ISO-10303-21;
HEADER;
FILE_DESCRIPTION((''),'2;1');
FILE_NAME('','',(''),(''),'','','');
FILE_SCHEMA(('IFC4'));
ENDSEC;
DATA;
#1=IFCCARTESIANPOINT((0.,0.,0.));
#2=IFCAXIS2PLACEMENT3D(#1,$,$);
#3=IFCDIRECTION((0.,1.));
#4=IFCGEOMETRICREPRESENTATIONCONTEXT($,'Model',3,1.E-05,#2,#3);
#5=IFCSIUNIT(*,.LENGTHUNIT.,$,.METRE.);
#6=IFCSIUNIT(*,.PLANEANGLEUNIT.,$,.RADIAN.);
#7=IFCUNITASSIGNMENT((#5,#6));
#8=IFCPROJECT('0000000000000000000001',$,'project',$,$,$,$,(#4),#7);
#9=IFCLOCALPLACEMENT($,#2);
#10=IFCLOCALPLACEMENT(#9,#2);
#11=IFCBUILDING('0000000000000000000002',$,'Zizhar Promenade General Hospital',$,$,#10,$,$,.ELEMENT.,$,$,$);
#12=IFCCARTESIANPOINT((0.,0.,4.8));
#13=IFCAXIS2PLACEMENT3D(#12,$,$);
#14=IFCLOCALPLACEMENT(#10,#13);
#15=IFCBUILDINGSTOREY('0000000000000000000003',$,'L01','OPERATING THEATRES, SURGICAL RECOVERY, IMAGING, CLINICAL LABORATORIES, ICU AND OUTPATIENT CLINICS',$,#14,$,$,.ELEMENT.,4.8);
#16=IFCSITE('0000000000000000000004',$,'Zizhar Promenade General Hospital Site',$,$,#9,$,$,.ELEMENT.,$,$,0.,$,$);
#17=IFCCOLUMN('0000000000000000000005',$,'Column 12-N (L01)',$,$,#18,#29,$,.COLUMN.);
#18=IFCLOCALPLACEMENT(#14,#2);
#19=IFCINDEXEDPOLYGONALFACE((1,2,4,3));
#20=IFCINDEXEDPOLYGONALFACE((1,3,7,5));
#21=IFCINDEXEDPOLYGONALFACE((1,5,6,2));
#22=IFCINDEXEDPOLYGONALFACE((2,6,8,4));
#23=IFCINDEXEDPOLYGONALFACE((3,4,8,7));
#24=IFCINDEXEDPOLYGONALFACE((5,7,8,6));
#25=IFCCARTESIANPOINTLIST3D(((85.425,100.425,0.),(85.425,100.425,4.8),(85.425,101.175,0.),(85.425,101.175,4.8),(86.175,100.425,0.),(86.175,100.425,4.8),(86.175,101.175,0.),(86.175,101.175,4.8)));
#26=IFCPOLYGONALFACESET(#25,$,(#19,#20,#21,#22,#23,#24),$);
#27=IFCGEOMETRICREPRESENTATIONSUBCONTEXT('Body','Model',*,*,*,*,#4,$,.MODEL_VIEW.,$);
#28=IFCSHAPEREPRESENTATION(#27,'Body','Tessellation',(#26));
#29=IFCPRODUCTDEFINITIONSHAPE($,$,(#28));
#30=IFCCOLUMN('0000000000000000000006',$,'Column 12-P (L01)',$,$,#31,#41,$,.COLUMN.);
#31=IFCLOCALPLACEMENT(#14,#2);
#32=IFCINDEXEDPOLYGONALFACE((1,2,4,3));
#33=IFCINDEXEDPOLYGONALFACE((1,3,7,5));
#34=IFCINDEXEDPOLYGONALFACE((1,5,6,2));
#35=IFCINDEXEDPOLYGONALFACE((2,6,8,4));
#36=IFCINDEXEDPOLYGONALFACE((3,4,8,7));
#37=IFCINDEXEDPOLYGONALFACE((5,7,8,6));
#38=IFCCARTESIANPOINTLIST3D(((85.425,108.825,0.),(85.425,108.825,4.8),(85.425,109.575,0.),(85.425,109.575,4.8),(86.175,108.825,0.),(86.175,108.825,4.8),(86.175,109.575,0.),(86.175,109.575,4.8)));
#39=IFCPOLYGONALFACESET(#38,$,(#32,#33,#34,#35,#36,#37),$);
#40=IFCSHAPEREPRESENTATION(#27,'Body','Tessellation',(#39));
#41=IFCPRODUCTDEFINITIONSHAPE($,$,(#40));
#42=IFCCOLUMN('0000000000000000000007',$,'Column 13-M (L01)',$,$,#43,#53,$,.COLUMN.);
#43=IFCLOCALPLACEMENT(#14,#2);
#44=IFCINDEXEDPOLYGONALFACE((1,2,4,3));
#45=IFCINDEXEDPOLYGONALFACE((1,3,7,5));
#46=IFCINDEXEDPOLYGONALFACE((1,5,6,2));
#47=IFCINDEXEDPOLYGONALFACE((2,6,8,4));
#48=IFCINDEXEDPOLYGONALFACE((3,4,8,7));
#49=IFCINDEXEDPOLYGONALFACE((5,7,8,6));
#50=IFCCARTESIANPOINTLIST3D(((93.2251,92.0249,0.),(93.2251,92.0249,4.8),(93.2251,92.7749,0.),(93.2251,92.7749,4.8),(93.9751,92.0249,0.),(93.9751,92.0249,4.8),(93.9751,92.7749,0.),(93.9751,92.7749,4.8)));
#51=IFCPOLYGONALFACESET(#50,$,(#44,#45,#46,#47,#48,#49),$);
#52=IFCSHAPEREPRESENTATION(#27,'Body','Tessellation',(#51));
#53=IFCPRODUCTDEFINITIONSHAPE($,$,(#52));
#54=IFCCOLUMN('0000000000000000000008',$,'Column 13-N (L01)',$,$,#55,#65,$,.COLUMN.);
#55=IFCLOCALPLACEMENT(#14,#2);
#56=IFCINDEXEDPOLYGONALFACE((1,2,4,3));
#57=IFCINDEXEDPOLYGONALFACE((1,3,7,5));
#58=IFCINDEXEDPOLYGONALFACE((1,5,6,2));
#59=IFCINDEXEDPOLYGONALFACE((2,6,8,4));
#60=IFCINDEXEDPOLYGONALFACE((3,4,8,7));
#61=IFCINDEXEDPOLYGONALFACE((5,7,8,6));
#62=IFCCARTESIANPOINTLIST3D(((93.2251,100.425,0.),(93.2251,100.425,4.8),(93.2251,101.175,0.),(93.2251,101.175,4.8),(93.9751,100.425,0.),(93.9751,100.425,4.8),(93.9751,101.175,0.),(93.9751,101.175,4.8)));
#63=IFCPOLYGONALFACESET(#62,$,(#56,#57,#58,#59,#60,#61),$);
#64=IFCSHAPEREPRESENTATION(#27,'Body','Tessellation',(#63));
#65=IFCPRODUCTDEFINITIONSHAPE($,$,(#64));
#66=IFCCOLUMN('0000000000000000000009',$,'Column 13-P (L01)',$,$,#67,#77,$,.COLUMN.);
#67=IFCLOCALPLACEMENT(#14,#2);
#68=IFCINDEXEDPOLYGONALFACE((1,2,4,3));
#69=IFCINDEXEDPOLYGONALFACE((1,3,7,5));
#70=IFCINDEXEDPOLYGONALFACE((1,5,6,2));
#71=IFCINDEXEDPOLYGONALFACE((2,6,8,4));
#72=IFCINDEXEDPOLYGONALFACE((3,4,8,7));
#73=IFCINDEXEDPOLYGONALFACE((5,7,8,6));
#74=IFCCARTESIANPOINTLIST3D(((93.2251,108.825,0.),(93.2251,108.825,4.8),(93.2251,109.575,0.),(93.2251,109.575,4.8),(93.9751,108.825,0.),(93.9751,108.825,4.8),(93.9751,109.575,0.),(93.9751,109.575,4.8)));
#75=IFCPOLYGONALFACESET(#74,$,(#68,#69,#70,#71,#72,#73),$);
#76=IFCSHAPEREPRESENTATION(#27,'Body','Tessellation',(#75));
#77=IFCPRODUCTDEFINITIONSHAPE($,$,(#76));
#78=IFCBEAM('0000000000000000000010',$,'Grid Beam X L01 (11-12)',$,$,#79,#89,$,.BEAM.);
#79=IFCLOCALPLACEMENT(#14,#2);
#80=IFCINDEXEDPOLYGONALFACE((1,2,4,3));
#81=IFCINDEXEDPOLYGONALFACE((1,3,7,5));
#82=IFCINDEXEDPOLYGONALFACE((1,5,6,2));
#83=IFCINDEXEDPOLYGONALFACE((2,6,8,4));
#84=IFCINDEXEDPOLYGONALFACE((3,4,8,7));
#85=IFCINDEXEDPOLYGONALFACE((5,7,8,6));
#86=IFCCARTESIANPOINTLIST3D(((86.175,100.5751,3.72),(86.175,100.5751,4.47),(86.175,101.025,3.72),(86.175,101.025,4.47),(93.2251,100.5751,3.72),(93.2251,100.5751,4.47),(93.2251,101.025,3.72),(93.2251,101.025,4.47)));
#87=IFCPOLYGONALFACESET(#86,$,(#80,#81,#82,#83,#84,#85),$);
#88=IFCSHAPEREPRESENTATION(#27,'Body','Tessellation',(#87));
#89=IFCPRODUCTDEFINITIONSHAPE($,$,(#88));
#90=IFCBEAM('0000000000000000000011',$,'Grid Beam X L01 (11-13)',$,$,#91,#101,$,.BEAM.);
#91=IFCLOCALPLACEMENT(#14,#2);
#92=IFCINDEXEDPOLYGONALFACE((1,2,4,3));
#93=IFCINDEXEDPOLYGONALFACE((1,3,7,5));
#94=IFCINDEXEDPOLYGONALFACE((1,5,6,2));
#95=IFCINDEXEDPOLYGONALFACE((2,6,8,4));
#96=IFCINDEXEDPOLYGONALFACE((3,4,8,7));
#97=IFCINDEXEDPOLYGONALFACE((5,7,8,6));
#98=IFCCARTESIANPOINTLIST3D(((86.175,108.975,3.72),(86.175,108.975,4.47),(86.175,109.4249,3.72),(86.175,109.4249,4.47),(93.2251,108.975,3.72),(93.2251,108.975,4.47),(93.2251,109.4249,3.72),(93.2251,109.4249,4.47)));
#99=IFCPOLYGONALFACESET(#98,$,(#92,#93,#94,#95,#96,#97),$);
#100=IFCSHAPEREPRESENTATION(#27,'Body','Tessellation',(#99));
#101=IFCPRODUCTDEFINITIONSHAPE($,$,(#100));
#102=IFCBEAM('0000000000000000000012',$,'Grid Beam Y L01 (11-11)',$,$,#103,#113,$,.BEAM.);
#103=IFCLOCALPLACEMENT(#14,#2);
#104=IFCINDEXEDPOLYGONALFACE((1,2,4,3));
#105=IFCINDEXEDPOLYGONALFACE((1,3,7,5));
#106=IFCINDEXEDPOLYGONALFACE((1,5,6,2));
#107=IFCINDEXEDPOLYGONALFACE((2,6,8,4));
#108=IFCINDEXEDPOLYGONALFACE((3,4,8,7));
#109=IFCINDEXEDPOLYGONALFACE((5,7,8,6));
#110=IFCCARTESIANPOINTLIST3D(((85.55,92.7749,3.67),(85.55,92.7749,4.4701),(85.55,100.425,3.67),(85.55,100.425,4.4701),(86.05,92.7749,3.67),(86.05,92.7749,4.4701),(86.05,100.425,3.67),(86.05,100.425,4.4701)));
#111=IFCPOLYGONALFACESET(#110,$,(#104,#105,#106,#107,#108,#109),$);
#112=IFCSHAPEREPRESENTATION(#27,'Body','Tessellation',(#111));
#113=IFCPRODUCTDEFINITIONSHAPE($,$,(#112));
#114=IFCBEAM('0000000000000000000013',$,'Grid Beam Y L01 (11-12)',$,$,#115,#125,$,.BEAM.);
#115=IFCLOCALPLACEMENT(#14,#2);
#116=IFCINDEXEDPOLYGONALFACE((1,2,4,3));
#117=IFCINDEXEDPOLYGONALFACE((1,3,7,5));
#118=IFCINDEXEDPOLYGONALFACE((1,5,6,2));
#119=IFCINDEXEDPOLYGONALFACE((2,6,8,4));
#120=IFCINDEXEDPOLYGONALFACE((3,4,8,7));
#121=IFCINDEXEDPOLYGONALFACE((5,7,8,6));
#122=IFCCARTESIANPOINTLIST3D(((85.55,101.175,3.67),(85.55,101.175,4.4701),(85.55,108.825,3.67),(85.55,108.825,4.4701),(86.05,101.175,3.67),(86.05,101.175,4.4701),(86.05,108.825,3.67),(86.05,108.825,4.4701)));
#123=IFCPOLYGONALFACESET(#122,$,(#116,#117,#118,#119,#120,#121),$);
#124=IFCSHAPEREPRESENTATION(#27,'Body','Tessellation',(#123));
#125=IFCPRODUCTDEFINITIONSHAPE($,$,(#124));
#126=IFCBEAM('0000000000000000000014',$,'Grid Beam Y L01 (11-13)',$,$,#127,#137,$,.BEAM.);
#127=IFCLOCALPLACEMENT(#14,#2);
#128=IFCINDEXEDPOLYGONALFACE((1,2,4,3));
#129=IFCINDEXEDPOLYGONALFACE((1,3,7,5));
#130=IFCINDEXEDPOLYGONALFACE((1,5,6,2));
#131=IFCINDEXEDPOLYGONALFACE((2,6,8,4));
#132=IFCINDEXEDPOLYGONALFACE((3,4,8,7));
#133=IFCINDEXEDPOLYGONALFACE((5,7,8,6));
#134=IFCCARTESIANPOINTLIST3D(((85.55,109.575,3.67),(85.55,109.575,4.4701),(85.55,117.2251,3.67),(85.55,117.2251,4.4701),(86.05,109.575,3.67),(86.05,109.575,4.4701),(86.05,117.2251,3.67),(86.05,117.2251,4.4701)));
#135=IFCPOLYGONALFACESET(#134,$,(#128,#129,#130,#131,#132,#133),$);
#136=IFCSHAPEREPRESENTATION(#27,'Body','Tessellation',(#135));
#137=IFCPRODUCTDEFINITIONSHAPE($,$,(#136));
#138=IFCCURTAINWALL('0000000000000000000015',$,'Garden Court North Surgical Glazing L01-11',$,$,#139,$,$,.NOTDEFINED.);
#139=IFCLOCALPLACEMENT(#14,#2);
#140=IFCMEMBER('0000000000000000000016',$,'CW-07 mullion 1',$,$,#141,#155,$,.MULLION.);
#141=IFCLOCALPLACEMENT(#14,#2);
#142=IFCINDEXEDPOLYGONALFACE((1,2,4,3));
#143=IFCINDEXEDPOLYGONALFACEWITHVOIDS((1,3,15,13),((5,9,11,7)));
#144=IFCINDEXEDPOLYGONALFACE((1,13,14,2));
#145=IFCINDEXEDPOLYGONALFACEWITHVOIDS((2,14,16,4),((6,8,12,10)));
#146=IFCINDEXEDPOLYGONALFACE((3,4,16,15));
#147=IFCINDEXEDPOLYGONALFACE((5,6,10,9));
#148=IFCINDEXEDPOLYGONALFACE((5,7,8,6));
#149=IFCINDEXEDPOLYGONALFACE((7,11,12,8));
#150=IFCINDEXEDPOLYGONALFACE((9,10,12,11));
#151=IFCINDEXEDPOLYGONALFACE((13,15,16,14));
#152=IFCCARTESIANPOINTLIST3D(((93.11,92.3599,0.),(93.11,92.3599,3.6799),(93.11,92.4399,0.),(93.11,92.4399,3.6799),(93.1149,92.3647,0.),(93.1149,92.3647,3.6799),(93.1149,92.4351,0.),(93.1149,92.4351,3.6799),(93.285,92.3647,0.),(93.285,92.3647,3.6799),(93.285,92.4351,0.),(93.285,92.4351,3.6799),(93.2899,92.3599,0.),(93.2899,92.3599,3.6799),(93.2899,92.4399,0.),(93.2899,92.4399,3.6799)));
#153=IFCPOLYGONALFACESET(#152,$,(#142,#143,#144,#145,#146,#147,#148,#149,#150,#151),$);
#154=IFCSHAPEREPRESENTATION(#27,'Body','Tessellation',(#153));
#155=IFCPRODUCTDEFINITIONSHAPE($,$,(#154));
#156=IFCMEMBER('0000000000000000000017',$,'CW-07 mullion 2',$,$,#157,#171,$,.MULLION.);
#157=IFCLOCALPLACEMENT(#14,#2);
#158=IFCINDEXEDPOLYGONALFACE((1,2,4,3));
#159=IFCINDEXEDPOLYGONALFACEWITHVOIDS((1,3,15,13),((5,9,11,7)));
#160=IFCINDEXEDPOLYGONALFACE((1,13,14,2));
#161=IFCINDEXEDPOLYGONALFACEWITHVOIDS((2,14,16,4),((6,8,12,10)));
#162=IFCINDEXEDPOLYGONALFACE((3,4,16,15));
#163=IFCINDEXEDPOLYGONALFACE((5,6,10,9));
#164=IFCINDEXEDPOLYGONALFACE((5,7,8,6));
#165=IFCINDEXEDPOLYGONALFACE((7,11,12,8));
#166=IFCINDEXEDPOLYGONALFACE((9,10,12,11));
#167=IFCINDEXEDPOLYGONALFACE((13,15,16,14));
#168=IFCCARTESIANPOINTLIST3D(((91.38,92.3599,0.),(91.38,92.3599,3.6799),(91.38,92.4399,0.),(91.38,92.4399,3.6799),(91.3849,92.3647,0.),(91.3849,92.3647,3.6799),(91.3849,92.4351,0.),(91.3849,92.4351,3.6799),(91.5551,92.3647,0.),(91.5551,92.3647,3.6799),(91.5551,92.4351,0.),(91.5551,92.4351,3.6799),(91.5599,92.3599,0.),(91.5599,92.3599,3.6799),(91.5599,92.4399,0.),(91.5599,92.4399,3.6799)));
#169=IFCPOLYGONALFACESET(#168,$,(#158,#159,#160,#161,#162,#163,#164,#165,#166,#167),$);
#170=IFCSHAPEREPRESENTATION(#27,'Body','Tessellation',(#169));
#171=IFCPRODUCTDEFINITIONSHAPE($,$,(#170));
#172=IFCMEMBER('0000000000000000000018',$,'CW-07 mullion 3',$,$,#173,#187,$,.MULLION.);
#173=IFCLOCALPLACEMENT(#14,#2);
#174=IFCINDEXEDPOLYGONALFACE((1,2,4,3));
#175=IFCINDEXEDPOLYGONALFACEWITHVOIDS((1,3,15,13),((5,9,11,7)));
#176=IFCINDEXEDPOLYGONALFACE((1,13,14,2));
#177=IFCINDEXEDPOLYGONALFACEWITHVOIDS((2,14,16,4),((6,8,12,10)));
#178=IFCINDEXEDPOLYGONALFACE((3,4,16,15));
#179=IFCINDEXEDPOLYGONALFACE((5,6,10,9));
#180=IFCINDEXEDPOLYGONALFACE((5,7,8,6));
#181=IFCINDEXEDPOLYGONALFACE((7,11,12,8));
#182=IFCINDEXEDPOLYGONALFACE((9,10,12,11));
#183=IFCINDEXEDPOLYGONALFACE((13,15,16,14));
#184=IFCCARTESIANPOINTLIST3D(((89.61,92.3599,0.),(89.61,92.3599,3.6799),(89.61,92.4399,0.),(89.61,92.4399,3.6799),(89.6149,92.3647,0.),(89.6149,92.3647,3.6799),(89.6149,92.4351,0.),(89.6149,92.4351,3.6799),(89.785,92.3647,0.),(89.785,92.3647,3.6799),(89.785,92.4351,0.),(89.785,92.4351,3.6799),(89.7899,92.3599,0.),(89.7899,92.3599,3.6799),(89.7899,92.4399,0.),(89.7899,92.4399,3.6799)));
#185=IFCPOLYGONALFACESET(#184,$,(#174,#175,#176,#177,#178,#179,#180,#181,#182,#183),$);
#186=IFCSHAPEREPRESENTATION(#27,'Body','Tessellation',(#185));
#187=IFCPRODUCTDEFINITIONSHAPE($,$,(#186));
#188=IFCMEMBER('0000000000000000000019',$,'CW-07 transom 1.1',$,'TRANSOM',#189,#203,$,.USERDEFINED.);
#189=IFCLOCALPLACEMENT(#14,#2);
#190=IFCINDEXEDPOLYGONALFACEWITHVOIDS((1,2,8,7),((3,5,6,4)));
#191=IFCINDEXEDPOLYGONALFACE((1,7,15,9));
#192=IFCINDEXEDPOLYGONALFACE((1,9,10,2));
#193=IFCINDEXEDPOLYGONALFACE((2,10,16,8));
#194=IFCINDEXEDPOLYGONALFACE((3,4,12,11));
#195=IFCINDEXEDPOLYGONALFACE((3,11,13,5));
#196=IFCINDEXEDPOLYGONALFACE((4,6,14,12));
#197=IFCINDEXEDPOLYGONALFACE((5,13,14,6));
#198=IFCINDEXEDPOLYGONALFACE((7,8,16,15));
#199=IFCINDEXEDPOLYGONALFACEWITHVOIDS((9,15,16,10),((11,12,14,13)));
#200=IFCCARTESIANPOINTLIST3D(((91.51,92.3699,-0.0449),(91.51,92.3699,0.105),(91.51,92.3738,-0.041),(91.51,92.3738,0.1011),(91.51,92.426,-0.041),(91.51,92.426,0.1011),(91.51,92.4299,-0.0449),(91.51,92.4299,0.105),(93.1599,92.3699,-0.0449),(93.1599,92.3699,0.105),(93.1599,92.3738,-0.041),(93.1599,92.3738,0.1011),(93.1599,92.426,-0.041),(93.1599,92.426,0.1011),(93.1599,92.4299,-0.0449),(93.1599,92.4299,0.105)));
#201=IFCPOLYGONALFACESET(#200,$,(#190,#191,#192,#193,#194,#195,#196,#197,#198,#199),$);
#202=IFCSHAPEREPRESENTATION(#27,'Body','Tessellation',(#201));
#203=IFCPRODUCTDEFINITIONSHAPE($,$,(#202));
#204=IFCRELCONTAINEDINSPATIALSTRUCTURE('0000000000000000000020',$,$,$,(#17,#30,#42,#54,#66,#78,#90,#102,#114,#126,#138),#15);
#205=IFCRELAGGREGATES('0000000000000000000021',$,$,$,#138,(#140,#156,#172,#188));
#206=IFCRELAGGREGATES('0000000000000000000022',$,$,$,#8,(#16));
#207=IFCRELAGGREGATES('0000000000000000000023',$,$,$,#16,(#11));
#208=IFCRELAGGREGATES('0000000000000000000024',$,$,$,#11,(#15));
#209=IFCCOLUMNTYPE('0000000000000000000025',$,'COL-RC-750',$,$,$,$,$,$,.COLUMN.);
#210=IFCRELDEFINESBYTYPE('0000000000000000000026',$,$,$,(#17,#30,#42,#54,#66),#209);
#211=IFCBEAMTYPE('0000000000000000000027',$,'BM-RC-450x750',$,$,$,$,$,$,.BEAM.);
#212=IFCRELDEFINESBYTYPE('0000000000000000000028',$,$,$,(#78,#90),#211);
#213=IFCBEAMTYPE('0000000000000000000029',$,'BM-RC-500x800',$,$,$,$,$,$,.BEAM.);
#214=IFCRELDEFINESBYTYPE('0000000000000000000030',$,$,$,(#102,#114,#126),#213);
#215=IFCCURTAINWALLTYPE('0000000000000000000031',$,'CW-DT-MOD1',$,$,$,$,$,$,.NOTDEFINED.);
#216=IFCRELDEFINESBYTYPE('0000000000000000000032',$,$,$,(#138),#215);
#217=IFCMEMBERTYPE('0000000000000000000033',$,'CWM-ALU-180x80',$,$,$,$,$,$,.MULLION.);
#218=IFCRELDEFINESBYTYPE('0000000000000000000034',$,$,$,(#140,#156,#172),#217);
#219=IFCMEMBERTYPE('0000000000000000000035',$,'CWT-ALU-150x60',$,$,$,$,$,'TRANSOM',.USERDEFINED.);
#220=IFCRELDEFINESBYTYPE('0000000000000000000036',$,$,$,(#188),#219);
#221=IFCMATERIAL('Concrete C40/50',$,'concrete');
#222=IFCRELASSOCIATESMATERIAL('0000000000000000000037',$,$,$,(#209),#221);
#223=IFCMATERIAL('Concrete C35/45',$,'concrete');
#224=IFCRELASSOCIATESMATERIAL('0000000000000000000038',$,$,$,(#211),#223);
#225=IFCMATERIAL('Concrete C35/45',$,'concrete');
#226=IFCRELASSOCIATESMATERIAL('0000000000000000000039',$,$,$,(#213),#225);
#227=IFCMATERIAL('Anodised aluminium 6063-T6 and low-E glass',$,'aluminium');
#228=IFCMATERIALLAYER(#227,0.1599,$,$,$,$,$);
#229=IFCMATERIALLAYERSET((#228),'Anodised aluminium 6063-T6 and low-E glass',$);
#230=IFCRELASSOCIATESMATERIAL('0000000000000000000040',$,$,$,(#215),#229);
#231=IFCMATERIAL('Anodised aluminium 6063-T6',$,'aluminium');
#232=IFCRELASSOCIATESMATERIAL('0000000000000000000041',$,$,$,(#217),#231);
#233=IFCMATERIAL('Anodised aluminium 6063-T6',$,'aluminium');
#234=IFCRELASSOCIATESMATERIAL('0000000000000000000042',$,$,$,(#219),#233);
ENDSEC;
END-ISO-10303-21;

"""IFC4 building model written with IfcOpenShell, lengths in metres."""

from ifc_helpers import new_model, si_unit, direction, frame, origin, origin_2d, place, context, subcontext, project, spatial, rectangle, hollow_rectangle, extrude, material, layer, layer_set, material_profile, profile_set, type_object, element, aggregate, save


model = new_model("IFC4")

# Units and contexts
model_context = context("Model", 3, precision=1e-05, world=origin(), true_north=direction((0.0, 1.0)))
body_context = subcontext(model_context, "Body", "Model", "MODEL_VIEW")
ifc_project = project(units=[si_unit("LENGTHUNIT", "METRE"), si_unit("PLANEANGLEUNIT", "RADIAN")], contexts=[model_context])

# Site, building, storey
site_placement = place(None, origin())
site = spatial("IfcSite", under=ifc_project, at=site_placement, Name="Zizhar Promenade General Hospital Site", CompositionType="ELEMENT", RefElevation=0.0)
building_placement = place(site_placement, origin())
building = spatial("IfcBuilding", under=site, at=building_placement, Name="Zizhar Promenade General Hospital", CompositionType="ELEMENT")
storey_placement = place(building_placement, frame((0.0, 0.0, 4.8)))
storey = spatial("IfcBuildingStorey", under=building, at=storey_placement, Name="L01", Description="OPERATING THEATRES, SURGICAL RECOVERY, IMAGING, CLINICAL LABORATORIES, ICU AND OUTPATIENT CLINICS", CompositionType="ELEMENT", Elevation=4.8)

# Columns
ifc_material_1 = material(Name="Concrete C40/50", Category="concrete")
ifc_material_profile_1 = material_profile(ifc_material_1, rectangle(XDim=0.75, YDim=0.75, at=origin_2d()))
ifc_profile_set_1 = profile_set([ifc_material_profile_1], Name="Concrete C40/50")
column_type = type_object("IfcColumnType", Name="COL-RC-750", PredefinedType="COLUMN", material=ifc_profile_set_1)
for number, where, z_axis, x_axis, name in (
    (1, (85.8, 100.8, 0.0), (0.0, 0.0, 1.0), (1.0, 0.0, 0.0), "Column 12-N (L01)"),
    (2, (85.8, 109.2, 0.0), (0.0, 0.0, 1.0), (1.0, 0.0, 0.0), "Column 12-P (L01)"),
    (3, (93.6001, 92.3999, 0.0), (0.0, 0.0, 1.0), (1.0, 0.0, 0.0), "Column 13-M (L01)"),
    (4, (93.6001, 100.8, 0.0), (0.0, 0.0, 1.0), (1.0, 0.0, 0.0), "Column 13-N (L01)"),
    (5, (93.6001, 109.2, 0.0), (0.0, 0.0, 1.0), (1.0, 0.0, 0.0), "Column 13-P (L01)"),
):
    element("IfcColumn", number, at=place(storey_placement, frame(where, z_axis=z_axis, x_axis=x_axis)), inside=storey, type_object=column_type, Name=name, PredefinedType="COLUMN", context=body_context, shape_type="SweptSolid", body=[
        extrude(rectangle(XDim=0.75, YDim=0.75, at=origin_2d()), origin(), (0.0, 0.0, 1.0), 4.8),
    ])

# Beams
ifc_material_2 = material(Name="Concrete C35/45", Category="concrete")
ifc_material_profile_2 = material_profile(ifc_material_2, rectangle(XDim=0.45, YDim=0.75, at=origin_2d()))
ifc_profile_set_2 = profile_set([ifc_material_profile_2], Name="Concrete C35/45")
beam_type_1 = type_object("IfcBeamType", Name="BM-RC-450x750", PredefinedType="BEAM", material=ifc_profile_set_2)
for number, where, z_axis, x_axis, name in (
    (6, (86.175, 100.8, 4.095), (1.0, 0.0, 0.0), (0.0, 1.0, 0.0), "Grid Beam X L01 (11-12)"),
    (7, (86.175, 109.2, 4.095), (1.0, 0.0, 0.0), (0.0, 1.0, 0.0), "Grid Beam X L01 (11-13)"),
):
    element("IfcBeam", number, at=place(storey_placement, frame(where, z_axis=z_axis, x_axis=x_axis)), inside=storey, type_object=beam_type_1, Name=name, PredefinedType="BEAM", context=body_context, shape_type="SweptSolid", body=[
        extrude(rectangle(XDim=0.45, YDim=0.75, at=origin_2d()), origin(), (0.0, 0.0, 1.0), 7.05),
    ])
ifc_material_3 = material(Name="Concrete C35/45", Category="concrete")
ifc_material_profile_3 = material_profile(ifc_material_3, rectangle(XDim=0.5, YDim=0.8, at=origin_2d()))
ifc_profile_set_3 = profile_set([ifc_material_profile_3], Name="Concrete C35/45")
beam_type_2 = type_object("IfcBeamType", Name="BM-RC-500x800", PredefinedType="BEAM", material=ifc_profile_set_3)
beam_1_placement = place(storey_placement, frame((85.8, 92.7749, 4.0701), z_axis=(0.0, 1.0, 0.0), x_axis=(-1.0, 0.0, 0.0)))
element("IfcBeam", 8, at=beam_1_placement, inside=storey, type_object=beam_type_2, Name="Grid Beam Y L01 (11-11)", PredefinedType="BEAM", context=body_context, shape_type="SweptSolid", body=[
    extrude(rectangle(XDim=0.5, YDim=0.8, at=origin_2d()), origin(), (0.0, 0.0, 1.0), 7.6501),
])
beam_2_placement = place(storey_placement, frame((85.8, 101.175, 4.0701), z_axis=(0.0, 1.0, 0.0), x_axis=(-1.0, 0.0, 0.0)))
element("IfcBeam", 9, at=beam_2_placement, inside=storey, type_object=beam_type_2, Name="Grid Beam Y L01 (11-12)", PredefinedType="BEAM", context=body_context, shape_type="SweptSolid", body=[
    extrude(rectangle(XDim=0.5, YDim=0.8, at=origin_2d()), origin(), (0.0, 0.0, 1.0), 7.6499),
])
beam_3_placement = place(storey_placement, frame((85.8, 109.575, 4.0701), z_axis=(0.0, 1.0, 0.0), x_axis=(-1.0, 0.0, 0.0)))
element("IfcBeam", 10, at=beam_3_placement, inside=storey, type_object=beam_type_2, Name="Grid Beam Y L01 (11-13)", PredefinedType="BEAM", context=body_context, shape_type="SweptSolid", body=[
    extrude(rectangle(XDim=0.5, YDim=0.8, at=origin_2d()), origin(), (0.0, 0.0, 1.0), 7.6501),
])

# Curtain wall, members
ifc_material_4 = material(Name="Anodised aluminium 6063-T6 and low-E glass", Category="aluminium")
ifc_layer_1 = layer(ifc_material_4, 0.1599)
ifc_layer_set_1 = layer_set([ifc_layer_1], Name="Anodised aluminium 6063-T6 and low-E glass")
curtain_wall_type = type_object("IfcCurtainWallType", Name="CW-DT-MOD1", PredefinedType="NOTDEFINED", material=ifc_layer_set_1)
curtain_wall_placement = place(storey_placement, origin())
curtain_wall = element("IfcCurtainWall", 11, at=curtain_wall_placement, inside=storey, type_object=curtain_wall_type, Name="Garden Court North Surgical Glazing L01-11", PredefinedType="NOTDEFINED")
ifc_material_5 = material(Name="Anodised aluminium 6063-T6", Category="aluminium")
ifc_material_profile_4 = material_profile(ifc_material_5, hollow_rectangle(XDim=0.0801, YDim=0.1799, WallThickness=0.0049, at=origin_2d()))
ifc_profile_set_4 = profile_set([ifc_material_profile_4], Name="Anodised aluminium 6063-T6")
member_type_1 = type_object("IfcMemberType", Name="CWM-ALU-180x80", PredefinedType="MULLION", material=ifc_profile_set_4)
member_1_placement = place(storey_placement, frame((93.2, 92.3999, 0.0), z_axis=(0.0, 0.0, 1.0), x_axis=(0.0, -1.0, 0.0)))
member_1 = element("IfcMember", 12, at=member_1_placement, type_object=member_type_1, Name="CW-07 mullion 1", PredefinedType="MULLION", context=body_context, shape_type="SweptSolid", body=[
    extrude(hollow_rectangle(XDim=0.0801, YDim=0.1799, WallThickness=0.0049, at=origin_2d()), origin(), (0.0, 0.0, 1.0), 3.6799),
])
member_2_placement = place(storey_placement, frame((91.47, 92.3999, 0.0), z_axis=(0.0, 0.0, 1.0), x_axis=(0.0, -1.0, 0.0)))
member_2 = element("IfcMember", 13, at=member_2_placement, type_object=member_type_1, Name="CW-07 mullion 2", PredefinedType="MULLION", context=body_context, shape_type="SweptSolid", body=[
    extrude(hollow_rectangle(XDim=0.0801, YDim=0.1799, WallThickness=0.0049, at=origin_2d()), origin(), (0.0, 0.0, 1.0), 3.6799),
])
member_3_placement = place(storey_placement, frame((89.7, 92.3999, 0.0), z_axis=(0.0, 0.0, 1.0), x_axis=(0.0, -1.0, 0.0)))
member_3 = element("IfcMember", 14, at=member_3_placement, type_object=member_type_1, Name="CW-07 mullion 3", PredefinedType="MULLION", context=body_context, shape_type="SweptSolid", body=[
    extrude(hollow_rectangle(XDim=0.0801, YDim=0.1799, WallThickness=0.0049, at=origin_2d()), origin(), (0.0, 0.0, 1.0), 3.6799),
])
ifc_material_6 = material(Name="Anodised aluminium 6063-T6", Category="aluminium")
ifc_material_profile_5 = material_profile(ifc_material_6, hollow_rectangle(XDim=0.0601, YDim=0.1499, WallThickness=0.0039, at=origin_2d()))
ifc_profile_set_5 = profile_set([ifc_material_profile_5], Name="Anodised aluminium 6063-T6")
member_type_2 = type_object("IfcMemberType", Name="CWT-ALU-150x60", ElementType="TRANSOM", PredefinedType="USERDEFINED", material=ifc_profile_set_5)
member_4_placement = place(storey_placement, frame((93.1599, 92.3999, 0.03), z_axis=(-1.0, 0.0, 0.0), x_axis=(0.0, -1.0, 0.0)))
member_4 = element("IfcMember", 15, at=member_4_placement, type_object=member_type_2, Name="CW-07 transom 1.1", ObjectType="TRANSOM", PredefinedType="USERDEFINED", context=body_context, shape_type="SweptSolid", body=[
    extrude(hollow_rectangle(XDim=0.0601, YDim=0.1499, WallThickness=0.0039, at=origin_2d()), origin(), (0.0, 0.0, 1.0), 1.6499),
])
aggregate(curtain_wall, [member_1, member_2, member_3, member_4])

save(model, "model.ifc")
